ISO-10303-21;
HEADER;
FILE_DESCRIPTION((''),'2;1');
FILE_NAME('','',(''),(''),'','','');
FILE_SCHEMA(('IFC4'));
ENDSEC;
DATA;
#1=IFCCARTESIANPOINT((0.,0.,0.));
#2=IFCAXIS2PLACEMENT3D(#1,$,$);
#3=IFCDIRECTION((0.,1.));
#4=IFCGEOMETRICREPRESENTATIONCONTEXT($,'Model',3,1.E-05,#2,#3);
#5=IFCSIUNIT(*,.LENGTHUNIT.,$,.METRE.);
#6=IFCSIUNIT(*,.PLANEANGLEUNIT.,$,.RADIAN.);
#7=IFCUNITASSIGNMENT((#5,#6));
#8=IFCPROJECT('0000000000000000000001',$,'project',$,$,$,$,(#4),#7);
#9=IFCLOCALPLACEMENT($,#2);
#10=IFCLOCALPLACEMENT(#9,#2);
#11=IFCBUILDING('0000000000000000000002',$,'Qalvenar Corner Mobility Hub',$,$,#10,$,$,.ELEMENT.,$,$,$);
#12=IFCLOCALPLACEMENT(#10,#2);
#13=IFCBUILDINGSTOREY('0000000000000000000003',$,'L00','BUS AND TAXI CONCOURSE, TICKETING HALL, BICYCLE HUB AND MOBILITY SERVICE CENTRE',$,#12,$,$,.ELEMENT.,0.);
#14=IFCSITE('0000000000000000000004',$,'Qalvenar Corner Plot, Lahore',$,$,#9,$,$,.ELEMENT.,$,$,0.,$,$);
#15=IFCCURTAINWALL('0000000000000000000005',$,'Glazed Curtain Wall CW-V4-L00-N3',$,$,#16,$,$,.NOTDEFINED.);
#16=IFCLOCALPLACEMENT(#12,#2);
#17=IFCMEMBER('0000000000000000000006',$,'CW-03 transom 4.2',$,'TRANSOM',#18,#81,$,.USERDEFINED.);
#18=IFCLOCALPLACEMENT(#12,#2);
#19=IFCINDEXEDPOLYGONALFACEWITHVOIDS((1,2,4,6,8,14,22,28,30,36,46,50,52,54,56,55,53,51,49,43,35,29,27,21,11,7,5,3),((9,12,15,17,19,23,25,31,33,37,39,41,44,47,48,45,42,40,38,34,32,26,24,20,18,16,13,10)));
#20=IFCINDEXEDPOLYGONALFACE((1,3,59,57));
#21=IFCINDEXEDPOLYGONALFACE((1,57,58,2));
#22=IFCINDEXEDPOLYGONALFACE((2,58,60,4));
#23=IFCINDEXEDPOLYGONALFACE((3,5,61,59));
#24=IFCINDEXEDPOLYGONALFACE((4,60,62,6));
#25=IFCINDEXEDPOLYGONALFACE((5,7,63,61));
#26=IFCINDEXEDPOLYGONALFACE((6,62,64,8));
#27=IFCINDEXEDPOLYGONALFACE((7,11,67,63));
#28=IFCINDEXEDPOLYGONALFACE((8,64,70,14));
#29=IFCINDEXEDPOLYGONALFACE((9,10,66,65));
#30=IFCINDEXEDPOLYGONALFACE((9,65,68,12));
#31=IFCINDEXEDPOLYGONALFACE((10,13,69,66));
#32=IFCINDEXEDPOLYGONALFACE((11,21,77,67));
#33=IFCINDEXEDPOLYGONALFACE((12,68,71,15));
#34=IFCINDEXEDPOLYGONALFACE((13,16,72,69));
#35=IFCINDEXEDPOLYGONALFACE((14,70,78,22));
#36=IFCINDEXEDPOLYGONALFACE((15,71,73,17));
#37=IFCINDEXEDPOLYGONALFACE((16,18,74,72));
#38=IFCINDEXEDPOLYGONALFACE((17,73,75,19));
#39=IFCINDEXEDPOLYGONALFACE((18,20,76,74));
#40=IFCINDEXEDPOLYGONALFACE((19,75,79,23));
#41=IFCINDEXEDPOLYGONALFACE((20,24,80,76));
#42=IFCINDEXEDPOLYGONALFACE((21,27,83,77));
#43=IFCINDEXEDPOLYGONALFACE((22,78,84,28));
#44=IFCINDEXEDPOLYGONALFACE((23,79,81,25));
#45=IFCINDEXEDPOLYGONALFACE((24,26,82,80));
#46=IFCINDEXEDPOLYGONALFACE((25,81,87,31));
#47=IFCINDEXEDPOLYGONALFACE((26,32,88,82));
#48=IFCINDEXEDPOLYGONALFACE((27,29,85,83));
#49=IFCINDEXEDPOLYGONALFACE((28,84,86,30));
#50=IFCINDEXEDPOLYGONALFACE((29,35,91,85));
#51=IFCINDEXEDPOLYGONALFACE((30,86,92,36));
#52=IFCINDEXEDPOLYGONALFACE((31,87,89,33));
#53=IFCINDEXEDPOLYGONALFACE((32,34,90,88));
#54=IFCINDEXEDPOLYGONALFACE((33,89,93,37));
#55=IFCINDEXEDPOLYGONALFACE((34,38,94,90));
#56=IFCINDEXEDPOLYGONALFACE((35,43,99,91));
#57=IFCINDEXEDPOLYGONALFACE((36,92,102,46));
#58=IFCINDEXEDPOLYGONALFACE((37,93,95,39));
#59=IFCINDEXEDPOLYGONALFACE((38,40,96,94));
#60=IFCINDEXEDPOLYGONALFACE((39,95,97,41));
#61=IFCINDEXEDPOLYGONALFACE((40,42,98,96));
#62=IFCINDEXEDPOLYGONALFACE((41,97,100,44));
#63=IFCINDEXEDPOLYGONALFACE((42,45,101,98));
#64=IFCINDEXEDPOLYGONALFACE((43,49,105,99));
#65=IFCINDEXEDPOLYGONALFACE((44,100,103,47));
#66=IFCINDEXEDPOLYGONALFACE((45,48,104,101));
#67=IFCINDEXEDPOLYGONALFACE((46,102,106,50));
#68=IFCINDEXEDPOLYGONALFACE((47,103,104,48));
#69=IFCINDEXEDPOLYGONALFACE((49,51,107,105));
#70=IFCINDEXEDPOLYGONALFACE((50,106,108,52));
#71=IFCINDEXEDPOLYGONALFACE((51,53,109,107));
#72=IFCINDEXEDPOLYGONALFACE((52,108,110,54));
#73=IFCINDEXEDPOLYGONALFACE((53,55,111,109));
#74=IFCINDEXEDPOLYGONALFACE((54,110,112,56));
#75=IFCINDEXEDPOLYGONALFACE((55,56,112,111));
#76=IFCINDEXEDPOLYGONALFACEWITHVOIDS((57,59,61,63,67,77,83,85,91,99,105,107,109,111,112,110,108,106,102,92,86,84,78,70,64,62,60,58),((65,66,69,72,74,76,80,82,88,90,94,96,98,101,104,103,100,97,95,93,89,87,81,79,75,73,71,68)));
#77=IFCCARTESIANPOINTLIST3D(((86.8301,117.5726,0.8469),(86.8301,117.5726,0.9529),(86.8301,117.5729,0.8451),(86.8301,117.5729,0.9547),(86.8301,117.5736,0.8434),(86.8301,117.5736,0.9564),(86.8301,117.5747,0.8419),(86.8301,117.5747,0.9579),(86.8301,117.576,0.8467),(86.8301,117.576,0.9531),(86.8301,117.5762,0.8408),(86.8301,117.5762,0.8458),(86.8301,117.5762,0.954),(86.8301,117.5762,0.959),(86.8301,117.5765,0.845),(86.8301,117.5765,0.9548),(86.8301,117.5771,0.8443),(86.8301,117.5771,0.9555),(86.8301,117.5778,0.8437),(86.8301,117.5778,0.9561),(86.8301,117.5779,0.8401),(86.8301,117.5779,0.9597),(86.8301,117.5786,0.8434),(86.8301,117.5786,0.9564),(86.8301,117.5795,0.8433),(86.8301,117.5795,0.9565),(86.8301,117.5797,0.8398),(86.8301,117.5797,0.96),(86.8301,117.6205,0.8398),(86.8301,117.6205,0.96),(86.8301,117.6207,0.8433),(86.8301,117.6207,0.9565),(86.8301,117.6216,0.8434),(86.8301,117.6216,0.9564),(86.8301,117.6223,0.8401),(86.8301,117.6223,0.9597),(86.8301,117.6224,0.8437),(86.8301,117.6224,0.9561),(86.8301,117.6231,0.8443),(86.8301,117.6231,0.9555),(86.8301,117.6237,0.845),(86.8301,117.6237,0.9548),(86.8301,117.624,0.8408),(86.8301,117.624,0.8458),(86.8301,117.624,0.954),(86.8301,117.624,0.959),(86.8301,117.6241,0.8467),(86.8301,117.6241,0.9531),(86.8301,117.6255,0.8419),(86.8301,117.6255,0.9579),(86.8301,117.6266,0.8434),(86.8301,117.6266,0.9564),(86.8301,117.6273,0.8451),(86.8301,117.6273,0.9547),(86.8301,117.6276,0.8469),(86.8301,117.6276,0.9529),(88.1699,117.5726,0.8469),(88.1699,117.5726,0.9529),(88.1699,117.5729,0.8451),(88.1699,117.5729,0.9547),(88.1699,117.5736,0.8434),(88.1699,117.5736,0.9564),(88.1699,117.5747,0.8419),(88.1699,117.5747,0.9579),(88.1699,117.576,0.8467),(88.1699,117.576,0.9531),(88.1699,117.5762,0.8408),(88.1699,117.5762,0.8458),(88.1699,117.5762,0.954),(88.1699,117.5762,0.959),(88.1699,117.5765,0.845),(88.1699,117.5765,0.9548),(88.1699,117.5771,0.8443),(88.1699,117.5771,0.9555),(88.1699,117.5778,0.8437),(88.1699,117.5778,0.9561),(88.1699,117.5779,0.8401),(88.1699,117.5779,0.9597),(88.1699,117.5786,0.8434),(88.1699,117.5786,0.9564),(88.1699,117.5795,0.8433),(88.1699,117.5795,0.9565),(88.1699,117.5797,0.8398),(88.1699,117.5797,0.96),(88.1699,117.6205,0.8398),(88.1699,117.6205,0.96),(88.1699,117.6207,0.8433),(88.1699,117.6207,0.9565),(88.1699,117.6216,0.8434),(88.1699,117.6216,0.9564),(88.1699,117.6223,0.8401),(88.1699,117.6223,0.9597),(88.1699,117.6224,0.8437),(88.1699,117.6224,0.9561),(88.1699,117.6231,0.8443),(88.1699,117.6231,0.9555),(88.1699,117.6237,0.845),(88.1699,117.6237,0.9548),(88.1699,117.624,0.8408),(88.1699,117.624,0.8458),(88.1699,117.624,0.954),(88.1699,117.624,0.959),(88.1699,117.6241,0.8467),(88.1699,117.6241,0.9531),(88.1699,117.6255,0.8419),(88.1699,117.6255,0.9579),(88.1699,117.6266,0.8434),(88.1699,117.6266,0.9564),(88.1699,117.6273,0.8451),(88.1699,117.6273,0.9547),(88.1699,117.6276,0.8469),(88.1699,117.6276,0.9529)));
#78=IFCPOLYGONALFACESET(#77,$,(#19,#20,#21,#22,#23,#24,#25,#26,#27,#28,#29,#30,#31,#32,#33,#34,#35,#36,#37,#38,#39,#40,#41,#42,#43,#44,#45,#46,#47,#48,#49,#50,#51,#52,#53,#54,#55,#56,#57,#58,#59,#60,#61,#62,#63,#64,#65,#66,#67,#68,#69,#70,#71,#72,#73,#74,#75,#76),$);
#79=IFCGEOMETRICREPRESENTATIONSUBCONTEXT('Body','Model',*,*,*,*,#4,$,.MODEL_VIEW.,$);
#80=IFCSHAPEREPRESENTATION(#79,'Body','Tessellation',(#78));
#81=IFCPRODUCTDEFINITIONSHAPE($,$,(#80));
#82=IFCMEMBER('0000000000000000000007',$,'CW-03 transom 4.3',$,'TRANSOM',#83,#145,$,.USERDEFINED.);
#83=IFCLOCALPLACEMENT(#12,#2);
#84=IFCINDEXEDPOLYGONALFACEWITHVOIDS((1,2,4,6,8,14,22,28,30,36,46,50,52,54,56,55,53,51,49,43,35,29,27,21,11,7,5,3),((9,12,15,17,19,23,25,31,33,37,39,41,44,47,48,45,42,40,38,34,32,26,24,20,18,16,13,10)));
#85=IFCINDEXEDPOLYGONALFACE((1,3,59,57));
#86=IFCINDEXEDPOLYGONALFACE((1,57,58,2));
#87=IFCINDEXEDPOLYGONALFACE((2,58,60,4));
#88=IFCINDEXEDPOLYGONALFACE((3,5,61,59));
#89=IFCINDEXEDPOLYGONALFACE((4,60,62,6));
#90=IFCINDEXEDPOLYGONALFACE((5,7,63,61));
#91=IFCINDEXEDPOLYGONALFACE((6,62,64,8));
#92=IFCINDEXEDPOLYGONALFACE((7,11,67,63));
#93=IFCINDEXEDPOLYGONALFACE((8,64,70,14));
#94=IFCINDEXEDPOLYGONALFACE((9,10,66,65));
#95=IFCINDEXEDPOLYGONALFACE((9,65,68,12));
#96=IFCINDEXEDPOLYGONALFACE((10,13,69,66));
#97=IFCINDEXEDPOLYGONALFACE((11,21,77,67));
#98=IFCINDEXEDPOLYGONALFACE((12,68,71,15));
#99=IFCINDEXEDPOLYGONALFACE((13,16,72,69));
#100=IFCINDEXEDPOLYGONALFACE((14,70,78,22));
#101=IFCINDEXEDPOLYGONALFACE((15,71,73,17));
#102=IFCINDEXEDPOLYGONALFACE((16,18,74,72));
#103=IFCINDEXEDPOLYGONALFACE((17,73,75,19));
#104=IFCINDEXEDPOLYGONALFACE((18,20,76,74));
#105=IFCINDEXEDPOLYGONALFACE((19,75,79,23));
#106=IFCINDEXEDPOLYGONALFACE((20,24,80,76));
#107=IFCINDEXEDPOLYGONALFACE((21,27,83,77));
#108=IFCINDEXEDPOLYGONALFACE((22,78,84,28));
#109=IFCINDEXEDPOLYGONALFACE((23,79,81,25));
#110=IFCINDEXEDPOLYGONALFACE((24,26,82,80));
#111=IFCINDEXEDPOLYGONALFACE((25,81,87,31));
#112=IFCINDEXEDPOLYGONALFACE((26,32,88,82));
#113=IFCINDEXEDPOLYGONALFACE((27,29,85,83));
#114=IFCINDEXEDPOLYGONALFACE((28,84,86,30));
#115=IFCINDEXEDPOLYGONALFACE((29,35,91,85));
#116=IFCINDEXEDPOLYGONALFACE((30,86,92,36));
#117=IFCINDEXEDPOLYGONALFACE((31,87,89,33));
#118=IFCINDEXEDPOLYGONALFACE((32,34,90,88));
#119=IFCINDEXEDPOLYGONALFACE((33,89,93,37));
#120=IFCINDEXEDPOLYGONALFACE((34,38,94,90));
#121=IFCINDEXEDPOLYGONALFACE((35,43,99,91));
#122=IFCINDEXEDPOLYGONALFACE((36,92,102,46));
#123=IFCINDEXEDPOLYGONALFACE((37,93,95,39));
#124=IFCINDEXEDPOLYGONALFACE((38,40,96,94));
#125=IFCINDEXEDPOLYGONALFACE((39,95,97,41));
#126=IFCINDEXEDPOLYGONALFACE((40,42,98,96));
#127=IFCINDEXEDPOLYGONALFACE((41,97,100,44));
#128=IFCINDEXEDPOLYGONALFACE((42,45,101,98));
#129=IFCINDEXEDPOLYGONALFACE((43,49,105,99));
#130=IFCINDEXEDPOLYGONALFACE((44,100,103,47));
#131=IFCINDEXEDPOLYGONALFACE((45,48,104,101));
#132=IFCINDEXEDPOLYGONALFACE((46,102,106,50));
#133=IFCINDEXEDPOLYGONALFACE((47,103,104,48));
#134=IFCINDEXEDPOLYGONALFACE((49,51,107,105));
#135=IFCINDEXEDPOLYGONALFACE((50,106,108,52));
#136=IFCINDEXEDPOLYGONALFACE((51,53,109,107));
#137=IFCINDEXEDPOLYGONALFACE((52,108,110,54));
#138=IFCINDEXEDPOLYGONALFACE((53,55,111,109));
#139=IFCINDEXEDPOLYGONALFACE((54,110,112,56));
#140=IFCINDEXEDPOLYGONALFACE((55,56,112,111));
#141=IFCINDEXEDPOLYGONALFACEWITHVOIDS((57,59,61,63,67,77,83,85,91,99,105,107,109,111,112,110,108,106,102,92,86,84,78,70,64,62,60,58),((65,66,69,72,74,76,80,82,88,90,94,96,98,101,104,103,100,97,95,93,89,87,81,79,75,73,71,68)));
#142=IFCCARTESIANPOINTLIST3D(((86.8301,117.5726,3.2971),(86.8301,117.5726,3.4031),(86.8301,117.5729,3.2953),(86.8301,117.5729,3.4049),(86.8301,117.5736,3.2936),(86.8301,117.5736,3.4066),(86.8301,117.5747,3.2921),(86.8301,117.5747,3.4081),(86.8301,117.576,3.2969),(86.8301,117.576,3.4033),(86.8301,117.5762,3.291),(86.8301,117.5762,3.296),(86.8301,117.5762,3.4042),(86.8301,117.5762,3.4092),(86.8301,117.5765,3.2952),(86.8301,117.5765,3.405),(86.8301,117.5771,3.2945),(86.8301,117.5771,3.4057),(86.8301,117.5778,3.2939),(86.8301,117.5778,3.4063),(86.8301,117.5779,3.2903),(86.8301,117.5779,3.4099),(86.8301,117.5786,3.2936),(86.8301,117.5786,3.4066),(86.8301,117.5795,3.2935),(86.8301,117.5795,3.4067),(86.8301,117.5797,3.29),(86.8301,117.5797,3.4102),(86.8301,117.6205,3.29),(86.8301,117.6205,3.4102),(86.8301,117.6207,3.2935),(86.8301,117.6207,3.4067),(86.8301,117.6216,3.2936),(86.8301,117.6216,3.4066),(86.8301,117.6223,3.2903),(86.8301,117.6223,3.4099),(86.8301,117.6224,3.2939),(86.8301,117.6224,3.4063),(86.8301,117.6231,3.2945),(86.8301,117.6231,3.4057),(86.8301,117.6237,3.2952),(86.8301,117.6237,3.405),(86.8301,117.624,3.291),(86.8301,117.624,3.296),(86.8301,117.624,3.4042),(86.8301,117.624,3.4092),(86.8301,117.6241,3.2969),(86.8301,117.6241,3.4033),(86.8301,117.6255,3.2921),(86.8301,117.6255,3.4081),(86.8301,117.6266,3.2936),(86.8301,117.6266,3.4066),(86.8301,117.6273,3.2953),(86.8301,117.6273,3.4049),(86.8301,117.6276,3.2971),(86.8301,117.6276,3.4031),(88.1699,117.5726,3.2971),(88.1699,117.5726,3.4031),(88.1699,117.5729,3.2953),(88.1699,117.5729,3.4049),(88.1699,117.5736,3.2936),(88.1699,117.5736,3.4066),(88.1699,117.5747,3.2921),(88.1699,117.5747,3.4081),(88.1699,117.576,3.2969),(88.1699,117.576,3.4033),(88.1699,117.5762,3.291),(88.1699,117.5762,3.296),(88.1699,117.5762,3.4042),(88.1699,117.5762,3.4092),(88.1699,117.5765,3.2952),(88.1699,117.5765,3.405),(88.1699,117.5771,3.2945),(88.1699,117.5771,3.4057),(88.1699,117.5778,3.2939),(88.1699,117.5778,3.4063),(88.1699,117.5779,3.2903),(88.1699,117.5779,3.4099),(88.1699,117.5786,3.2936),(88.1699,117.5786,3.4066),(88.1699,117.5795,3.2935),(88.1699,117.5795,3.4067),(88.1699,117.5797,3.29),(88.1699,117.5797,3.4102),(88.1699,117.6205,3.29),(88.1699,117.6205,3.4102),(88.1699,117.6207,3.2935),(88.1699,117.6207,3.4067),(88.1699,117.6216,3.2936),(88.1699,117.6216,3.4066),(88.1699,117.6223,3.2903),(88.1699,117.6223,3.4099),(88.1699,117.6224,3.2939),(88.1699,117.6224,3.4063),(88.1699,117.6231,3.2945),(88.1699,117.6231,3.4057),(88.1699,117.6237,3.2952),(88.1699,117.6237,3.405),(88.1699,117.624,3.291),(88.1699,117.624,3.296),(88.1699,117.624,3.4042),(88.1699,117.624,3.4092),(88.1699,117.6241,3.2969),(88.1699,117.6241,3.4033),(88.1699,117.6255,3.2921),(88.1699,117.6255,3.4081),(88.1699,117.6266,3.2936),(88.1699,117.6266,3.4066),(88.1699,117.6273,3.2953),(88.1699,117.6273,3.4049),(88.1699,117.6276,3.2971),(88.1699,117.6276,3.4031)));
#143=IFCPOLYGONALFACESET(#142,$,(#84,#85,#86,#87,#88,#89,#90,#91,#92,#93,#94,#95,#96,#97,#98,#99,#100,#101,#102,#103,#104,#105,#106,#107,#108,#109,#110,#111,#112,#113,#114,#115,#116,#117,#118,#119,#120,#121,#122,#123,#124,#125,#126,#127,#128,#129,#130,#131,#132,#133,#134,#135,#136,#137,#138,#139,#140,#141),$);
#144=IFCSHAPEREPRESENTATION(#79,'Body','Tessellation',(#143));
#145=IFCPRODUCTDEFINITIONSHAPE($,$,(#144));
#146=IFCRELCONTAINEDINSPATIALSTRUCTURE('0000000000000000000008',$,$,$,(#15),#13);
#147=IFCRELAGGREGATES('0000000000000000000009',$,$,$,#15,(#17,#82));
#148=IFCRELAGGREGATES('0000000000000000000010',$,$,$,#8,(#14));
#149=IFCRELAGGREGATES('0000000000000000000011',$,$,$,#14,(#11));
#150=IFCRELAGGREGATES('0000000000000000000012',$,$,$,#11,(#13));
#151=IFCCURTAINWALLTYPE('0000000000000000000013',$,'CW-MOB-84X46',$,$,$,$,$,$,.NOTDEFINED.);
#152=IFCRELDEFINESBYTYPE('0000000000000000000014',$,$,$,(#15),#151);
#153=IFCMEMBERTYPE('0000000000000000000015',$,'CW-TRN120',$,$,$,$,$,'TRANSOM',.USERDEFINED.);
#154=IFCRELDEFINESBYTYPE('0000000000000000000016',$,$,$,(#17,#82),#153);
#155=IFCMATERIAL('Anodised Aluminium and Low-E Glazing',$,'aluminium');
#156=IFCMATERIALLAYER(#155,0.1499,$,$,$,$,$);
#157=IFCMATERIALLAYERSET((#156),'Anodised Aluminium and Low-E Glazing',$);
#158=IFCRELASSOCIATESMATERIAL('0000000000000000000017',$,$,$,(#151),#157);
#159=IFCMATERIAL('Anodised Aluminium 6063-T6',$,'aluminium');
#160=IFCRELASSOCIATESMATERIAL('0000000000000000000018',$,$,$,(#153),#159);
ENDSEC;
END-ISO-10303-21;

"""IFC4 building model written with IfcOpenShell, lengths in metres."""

from ifc_helpers import new_model, si_unit, direction, frame, origin, origin_2d, place, context, subcontext, project, spatial, hollow_rectangle, extrude, material, layer, layer_set, material_profile, profile_set, type_object, element, aggregate, save


model = new_model("IFC4")

# Units and contexts
model_context = context("Model", 3, precision=1e-05, world=origin(), true_north=direction((0.0, 1.0)))
body_context = subcontext(model_context, "Body", "Model", "MODEL_VIEW")
ifc_project = project(units=[si_unit("LENGTHUNIT", "METRE"), si_unit("PLANEANGLEUNIT", "RADIAN")], contexts=[model_context])

# Site, building, storey
site_placement = place(None, origin())
site = spatial("IfcSite", under=ifc_project, at=site_placement, Name="Qalvenar Corner Plot, Lahore", CompositionType="ELEMENT", RefElevation=0.0)
building_placement = place(site_placement, origin())
building = spatial("IfcBuilding", under=site, at=building_placement, Name="Qalvenar Corner Mobility Hub", CompositionType="ELEMENT")
storey_placement = place(building_placement, origin())
storey = spatial("IfcBuildingStorey", under=building, at=storey_placement, Name="L00", Description="BUS AND TAXI CONCOURSE, TICKETING HALL, BICYCLE HUB AND MOBILITY SERVICE CENTRE", CompositionType="ELEMENT", Elevation=0.0)

# Curtain wall, members
ifc_material_1 = material(Name="Anodised Aluminium and Low-E Glazing", Category="aluminium")
ifc_layer_1 = layer(ifc_material_1, 0.1499)
ifc_layer_set_1 = layer_set([ifc_layer_1], Name="Anodised Aluminium and Low-E Glazing")
curtain_wall_type = type_object("IfcCurtainWallType", Name="CW-MOB-84X46", PredefinedType="NOTDEFINED", material=ifc_layer_set_1)
curtain_wall_placement = place(storey_placement, origin())
curtain_wall = element("IfcCurtainWall", 1, at=curtain_wall_placement, inside=storey, type_object=curtain_wall_type, Name="Glazed Curtain Wall CW-V4-L00-N3", PredefinedType="NOTDEFINED")
ifc_material_2 = material(Name="Anodised Aluminium 6063-T6", Category="aluminium")
ifc_material_profile_1 = material_profile(ifc_material_2, hollow_rectangle(XDim=0.0549, YDim=0.1201, WallThickness=0.0034, InnerFilletRadius=0.0034, OuterFilletRadius=0.0071, at=origin_2d()), Name="RHS120x55x3.5")
ifc_profile_set_1 = profile_set([ifc_material_profile_1], Name="Anodised Aluminium 6063-T6")
member_type_1 = type_object("IfcMemberType", Name="CW-TRN120", ElementType="TRANSOM", PredefinedType="USERDEFINED", material=ifc_profile_set_1)
member_1_placement = place(storey_placement, frame((88.1699, 117.6001, 0.8999), z_axis=(-1.0, 0.0, 0.0), x_axis=(0.0, -1.0, 0.0)))
member_1 = element("IfcMember", 2, at=member_1_placement, type_object=member_type_1, Name="CW-03 transom 4.2", ObjectType="TRANSOM", PredefinedType="USERDEFINED", context=body_context, shape_type="SweptSolid", body=[
    extrude(hollow_rectangle(XDim=0.0549, YDim=0.1201, WallThickness=0.0034, InnerFilletRadius=0.0034, OuterFilletRadius=0.0071, at=origin_2d()), origin(), (0.0, 0.0, 1.0), 1.3398),
])
member_2_placement = place(storey_placement, frame((88.1699, 117.6001, 3.3501), z_axis=(-1.0, 0.0, 0.0), x_axis=(0.0, -1.0, 0.0)))
member_2 = element("IfcMember", 3, at=member_2_placement, type_object=member_type_1, Name="CW-03 transom 4.3", ObjectType="TRANSOM", PredefinedType="USERDEFINED", context=body_context, shape_type="SweptSolid", body=[
    extrude(hollow_rectangle(XDim=0.0549, YDim=0.1201, WallThickness=0.0034, InnerFilletRadius=0.0034, OuterFilletRadius=0.0071, at=origin_2d()), origin(), (0.0, 0.0, 1.0), 1.3398),
])
aggregate(curtain_wall, [member_1, member_2])

save(model, "model.ifc")
